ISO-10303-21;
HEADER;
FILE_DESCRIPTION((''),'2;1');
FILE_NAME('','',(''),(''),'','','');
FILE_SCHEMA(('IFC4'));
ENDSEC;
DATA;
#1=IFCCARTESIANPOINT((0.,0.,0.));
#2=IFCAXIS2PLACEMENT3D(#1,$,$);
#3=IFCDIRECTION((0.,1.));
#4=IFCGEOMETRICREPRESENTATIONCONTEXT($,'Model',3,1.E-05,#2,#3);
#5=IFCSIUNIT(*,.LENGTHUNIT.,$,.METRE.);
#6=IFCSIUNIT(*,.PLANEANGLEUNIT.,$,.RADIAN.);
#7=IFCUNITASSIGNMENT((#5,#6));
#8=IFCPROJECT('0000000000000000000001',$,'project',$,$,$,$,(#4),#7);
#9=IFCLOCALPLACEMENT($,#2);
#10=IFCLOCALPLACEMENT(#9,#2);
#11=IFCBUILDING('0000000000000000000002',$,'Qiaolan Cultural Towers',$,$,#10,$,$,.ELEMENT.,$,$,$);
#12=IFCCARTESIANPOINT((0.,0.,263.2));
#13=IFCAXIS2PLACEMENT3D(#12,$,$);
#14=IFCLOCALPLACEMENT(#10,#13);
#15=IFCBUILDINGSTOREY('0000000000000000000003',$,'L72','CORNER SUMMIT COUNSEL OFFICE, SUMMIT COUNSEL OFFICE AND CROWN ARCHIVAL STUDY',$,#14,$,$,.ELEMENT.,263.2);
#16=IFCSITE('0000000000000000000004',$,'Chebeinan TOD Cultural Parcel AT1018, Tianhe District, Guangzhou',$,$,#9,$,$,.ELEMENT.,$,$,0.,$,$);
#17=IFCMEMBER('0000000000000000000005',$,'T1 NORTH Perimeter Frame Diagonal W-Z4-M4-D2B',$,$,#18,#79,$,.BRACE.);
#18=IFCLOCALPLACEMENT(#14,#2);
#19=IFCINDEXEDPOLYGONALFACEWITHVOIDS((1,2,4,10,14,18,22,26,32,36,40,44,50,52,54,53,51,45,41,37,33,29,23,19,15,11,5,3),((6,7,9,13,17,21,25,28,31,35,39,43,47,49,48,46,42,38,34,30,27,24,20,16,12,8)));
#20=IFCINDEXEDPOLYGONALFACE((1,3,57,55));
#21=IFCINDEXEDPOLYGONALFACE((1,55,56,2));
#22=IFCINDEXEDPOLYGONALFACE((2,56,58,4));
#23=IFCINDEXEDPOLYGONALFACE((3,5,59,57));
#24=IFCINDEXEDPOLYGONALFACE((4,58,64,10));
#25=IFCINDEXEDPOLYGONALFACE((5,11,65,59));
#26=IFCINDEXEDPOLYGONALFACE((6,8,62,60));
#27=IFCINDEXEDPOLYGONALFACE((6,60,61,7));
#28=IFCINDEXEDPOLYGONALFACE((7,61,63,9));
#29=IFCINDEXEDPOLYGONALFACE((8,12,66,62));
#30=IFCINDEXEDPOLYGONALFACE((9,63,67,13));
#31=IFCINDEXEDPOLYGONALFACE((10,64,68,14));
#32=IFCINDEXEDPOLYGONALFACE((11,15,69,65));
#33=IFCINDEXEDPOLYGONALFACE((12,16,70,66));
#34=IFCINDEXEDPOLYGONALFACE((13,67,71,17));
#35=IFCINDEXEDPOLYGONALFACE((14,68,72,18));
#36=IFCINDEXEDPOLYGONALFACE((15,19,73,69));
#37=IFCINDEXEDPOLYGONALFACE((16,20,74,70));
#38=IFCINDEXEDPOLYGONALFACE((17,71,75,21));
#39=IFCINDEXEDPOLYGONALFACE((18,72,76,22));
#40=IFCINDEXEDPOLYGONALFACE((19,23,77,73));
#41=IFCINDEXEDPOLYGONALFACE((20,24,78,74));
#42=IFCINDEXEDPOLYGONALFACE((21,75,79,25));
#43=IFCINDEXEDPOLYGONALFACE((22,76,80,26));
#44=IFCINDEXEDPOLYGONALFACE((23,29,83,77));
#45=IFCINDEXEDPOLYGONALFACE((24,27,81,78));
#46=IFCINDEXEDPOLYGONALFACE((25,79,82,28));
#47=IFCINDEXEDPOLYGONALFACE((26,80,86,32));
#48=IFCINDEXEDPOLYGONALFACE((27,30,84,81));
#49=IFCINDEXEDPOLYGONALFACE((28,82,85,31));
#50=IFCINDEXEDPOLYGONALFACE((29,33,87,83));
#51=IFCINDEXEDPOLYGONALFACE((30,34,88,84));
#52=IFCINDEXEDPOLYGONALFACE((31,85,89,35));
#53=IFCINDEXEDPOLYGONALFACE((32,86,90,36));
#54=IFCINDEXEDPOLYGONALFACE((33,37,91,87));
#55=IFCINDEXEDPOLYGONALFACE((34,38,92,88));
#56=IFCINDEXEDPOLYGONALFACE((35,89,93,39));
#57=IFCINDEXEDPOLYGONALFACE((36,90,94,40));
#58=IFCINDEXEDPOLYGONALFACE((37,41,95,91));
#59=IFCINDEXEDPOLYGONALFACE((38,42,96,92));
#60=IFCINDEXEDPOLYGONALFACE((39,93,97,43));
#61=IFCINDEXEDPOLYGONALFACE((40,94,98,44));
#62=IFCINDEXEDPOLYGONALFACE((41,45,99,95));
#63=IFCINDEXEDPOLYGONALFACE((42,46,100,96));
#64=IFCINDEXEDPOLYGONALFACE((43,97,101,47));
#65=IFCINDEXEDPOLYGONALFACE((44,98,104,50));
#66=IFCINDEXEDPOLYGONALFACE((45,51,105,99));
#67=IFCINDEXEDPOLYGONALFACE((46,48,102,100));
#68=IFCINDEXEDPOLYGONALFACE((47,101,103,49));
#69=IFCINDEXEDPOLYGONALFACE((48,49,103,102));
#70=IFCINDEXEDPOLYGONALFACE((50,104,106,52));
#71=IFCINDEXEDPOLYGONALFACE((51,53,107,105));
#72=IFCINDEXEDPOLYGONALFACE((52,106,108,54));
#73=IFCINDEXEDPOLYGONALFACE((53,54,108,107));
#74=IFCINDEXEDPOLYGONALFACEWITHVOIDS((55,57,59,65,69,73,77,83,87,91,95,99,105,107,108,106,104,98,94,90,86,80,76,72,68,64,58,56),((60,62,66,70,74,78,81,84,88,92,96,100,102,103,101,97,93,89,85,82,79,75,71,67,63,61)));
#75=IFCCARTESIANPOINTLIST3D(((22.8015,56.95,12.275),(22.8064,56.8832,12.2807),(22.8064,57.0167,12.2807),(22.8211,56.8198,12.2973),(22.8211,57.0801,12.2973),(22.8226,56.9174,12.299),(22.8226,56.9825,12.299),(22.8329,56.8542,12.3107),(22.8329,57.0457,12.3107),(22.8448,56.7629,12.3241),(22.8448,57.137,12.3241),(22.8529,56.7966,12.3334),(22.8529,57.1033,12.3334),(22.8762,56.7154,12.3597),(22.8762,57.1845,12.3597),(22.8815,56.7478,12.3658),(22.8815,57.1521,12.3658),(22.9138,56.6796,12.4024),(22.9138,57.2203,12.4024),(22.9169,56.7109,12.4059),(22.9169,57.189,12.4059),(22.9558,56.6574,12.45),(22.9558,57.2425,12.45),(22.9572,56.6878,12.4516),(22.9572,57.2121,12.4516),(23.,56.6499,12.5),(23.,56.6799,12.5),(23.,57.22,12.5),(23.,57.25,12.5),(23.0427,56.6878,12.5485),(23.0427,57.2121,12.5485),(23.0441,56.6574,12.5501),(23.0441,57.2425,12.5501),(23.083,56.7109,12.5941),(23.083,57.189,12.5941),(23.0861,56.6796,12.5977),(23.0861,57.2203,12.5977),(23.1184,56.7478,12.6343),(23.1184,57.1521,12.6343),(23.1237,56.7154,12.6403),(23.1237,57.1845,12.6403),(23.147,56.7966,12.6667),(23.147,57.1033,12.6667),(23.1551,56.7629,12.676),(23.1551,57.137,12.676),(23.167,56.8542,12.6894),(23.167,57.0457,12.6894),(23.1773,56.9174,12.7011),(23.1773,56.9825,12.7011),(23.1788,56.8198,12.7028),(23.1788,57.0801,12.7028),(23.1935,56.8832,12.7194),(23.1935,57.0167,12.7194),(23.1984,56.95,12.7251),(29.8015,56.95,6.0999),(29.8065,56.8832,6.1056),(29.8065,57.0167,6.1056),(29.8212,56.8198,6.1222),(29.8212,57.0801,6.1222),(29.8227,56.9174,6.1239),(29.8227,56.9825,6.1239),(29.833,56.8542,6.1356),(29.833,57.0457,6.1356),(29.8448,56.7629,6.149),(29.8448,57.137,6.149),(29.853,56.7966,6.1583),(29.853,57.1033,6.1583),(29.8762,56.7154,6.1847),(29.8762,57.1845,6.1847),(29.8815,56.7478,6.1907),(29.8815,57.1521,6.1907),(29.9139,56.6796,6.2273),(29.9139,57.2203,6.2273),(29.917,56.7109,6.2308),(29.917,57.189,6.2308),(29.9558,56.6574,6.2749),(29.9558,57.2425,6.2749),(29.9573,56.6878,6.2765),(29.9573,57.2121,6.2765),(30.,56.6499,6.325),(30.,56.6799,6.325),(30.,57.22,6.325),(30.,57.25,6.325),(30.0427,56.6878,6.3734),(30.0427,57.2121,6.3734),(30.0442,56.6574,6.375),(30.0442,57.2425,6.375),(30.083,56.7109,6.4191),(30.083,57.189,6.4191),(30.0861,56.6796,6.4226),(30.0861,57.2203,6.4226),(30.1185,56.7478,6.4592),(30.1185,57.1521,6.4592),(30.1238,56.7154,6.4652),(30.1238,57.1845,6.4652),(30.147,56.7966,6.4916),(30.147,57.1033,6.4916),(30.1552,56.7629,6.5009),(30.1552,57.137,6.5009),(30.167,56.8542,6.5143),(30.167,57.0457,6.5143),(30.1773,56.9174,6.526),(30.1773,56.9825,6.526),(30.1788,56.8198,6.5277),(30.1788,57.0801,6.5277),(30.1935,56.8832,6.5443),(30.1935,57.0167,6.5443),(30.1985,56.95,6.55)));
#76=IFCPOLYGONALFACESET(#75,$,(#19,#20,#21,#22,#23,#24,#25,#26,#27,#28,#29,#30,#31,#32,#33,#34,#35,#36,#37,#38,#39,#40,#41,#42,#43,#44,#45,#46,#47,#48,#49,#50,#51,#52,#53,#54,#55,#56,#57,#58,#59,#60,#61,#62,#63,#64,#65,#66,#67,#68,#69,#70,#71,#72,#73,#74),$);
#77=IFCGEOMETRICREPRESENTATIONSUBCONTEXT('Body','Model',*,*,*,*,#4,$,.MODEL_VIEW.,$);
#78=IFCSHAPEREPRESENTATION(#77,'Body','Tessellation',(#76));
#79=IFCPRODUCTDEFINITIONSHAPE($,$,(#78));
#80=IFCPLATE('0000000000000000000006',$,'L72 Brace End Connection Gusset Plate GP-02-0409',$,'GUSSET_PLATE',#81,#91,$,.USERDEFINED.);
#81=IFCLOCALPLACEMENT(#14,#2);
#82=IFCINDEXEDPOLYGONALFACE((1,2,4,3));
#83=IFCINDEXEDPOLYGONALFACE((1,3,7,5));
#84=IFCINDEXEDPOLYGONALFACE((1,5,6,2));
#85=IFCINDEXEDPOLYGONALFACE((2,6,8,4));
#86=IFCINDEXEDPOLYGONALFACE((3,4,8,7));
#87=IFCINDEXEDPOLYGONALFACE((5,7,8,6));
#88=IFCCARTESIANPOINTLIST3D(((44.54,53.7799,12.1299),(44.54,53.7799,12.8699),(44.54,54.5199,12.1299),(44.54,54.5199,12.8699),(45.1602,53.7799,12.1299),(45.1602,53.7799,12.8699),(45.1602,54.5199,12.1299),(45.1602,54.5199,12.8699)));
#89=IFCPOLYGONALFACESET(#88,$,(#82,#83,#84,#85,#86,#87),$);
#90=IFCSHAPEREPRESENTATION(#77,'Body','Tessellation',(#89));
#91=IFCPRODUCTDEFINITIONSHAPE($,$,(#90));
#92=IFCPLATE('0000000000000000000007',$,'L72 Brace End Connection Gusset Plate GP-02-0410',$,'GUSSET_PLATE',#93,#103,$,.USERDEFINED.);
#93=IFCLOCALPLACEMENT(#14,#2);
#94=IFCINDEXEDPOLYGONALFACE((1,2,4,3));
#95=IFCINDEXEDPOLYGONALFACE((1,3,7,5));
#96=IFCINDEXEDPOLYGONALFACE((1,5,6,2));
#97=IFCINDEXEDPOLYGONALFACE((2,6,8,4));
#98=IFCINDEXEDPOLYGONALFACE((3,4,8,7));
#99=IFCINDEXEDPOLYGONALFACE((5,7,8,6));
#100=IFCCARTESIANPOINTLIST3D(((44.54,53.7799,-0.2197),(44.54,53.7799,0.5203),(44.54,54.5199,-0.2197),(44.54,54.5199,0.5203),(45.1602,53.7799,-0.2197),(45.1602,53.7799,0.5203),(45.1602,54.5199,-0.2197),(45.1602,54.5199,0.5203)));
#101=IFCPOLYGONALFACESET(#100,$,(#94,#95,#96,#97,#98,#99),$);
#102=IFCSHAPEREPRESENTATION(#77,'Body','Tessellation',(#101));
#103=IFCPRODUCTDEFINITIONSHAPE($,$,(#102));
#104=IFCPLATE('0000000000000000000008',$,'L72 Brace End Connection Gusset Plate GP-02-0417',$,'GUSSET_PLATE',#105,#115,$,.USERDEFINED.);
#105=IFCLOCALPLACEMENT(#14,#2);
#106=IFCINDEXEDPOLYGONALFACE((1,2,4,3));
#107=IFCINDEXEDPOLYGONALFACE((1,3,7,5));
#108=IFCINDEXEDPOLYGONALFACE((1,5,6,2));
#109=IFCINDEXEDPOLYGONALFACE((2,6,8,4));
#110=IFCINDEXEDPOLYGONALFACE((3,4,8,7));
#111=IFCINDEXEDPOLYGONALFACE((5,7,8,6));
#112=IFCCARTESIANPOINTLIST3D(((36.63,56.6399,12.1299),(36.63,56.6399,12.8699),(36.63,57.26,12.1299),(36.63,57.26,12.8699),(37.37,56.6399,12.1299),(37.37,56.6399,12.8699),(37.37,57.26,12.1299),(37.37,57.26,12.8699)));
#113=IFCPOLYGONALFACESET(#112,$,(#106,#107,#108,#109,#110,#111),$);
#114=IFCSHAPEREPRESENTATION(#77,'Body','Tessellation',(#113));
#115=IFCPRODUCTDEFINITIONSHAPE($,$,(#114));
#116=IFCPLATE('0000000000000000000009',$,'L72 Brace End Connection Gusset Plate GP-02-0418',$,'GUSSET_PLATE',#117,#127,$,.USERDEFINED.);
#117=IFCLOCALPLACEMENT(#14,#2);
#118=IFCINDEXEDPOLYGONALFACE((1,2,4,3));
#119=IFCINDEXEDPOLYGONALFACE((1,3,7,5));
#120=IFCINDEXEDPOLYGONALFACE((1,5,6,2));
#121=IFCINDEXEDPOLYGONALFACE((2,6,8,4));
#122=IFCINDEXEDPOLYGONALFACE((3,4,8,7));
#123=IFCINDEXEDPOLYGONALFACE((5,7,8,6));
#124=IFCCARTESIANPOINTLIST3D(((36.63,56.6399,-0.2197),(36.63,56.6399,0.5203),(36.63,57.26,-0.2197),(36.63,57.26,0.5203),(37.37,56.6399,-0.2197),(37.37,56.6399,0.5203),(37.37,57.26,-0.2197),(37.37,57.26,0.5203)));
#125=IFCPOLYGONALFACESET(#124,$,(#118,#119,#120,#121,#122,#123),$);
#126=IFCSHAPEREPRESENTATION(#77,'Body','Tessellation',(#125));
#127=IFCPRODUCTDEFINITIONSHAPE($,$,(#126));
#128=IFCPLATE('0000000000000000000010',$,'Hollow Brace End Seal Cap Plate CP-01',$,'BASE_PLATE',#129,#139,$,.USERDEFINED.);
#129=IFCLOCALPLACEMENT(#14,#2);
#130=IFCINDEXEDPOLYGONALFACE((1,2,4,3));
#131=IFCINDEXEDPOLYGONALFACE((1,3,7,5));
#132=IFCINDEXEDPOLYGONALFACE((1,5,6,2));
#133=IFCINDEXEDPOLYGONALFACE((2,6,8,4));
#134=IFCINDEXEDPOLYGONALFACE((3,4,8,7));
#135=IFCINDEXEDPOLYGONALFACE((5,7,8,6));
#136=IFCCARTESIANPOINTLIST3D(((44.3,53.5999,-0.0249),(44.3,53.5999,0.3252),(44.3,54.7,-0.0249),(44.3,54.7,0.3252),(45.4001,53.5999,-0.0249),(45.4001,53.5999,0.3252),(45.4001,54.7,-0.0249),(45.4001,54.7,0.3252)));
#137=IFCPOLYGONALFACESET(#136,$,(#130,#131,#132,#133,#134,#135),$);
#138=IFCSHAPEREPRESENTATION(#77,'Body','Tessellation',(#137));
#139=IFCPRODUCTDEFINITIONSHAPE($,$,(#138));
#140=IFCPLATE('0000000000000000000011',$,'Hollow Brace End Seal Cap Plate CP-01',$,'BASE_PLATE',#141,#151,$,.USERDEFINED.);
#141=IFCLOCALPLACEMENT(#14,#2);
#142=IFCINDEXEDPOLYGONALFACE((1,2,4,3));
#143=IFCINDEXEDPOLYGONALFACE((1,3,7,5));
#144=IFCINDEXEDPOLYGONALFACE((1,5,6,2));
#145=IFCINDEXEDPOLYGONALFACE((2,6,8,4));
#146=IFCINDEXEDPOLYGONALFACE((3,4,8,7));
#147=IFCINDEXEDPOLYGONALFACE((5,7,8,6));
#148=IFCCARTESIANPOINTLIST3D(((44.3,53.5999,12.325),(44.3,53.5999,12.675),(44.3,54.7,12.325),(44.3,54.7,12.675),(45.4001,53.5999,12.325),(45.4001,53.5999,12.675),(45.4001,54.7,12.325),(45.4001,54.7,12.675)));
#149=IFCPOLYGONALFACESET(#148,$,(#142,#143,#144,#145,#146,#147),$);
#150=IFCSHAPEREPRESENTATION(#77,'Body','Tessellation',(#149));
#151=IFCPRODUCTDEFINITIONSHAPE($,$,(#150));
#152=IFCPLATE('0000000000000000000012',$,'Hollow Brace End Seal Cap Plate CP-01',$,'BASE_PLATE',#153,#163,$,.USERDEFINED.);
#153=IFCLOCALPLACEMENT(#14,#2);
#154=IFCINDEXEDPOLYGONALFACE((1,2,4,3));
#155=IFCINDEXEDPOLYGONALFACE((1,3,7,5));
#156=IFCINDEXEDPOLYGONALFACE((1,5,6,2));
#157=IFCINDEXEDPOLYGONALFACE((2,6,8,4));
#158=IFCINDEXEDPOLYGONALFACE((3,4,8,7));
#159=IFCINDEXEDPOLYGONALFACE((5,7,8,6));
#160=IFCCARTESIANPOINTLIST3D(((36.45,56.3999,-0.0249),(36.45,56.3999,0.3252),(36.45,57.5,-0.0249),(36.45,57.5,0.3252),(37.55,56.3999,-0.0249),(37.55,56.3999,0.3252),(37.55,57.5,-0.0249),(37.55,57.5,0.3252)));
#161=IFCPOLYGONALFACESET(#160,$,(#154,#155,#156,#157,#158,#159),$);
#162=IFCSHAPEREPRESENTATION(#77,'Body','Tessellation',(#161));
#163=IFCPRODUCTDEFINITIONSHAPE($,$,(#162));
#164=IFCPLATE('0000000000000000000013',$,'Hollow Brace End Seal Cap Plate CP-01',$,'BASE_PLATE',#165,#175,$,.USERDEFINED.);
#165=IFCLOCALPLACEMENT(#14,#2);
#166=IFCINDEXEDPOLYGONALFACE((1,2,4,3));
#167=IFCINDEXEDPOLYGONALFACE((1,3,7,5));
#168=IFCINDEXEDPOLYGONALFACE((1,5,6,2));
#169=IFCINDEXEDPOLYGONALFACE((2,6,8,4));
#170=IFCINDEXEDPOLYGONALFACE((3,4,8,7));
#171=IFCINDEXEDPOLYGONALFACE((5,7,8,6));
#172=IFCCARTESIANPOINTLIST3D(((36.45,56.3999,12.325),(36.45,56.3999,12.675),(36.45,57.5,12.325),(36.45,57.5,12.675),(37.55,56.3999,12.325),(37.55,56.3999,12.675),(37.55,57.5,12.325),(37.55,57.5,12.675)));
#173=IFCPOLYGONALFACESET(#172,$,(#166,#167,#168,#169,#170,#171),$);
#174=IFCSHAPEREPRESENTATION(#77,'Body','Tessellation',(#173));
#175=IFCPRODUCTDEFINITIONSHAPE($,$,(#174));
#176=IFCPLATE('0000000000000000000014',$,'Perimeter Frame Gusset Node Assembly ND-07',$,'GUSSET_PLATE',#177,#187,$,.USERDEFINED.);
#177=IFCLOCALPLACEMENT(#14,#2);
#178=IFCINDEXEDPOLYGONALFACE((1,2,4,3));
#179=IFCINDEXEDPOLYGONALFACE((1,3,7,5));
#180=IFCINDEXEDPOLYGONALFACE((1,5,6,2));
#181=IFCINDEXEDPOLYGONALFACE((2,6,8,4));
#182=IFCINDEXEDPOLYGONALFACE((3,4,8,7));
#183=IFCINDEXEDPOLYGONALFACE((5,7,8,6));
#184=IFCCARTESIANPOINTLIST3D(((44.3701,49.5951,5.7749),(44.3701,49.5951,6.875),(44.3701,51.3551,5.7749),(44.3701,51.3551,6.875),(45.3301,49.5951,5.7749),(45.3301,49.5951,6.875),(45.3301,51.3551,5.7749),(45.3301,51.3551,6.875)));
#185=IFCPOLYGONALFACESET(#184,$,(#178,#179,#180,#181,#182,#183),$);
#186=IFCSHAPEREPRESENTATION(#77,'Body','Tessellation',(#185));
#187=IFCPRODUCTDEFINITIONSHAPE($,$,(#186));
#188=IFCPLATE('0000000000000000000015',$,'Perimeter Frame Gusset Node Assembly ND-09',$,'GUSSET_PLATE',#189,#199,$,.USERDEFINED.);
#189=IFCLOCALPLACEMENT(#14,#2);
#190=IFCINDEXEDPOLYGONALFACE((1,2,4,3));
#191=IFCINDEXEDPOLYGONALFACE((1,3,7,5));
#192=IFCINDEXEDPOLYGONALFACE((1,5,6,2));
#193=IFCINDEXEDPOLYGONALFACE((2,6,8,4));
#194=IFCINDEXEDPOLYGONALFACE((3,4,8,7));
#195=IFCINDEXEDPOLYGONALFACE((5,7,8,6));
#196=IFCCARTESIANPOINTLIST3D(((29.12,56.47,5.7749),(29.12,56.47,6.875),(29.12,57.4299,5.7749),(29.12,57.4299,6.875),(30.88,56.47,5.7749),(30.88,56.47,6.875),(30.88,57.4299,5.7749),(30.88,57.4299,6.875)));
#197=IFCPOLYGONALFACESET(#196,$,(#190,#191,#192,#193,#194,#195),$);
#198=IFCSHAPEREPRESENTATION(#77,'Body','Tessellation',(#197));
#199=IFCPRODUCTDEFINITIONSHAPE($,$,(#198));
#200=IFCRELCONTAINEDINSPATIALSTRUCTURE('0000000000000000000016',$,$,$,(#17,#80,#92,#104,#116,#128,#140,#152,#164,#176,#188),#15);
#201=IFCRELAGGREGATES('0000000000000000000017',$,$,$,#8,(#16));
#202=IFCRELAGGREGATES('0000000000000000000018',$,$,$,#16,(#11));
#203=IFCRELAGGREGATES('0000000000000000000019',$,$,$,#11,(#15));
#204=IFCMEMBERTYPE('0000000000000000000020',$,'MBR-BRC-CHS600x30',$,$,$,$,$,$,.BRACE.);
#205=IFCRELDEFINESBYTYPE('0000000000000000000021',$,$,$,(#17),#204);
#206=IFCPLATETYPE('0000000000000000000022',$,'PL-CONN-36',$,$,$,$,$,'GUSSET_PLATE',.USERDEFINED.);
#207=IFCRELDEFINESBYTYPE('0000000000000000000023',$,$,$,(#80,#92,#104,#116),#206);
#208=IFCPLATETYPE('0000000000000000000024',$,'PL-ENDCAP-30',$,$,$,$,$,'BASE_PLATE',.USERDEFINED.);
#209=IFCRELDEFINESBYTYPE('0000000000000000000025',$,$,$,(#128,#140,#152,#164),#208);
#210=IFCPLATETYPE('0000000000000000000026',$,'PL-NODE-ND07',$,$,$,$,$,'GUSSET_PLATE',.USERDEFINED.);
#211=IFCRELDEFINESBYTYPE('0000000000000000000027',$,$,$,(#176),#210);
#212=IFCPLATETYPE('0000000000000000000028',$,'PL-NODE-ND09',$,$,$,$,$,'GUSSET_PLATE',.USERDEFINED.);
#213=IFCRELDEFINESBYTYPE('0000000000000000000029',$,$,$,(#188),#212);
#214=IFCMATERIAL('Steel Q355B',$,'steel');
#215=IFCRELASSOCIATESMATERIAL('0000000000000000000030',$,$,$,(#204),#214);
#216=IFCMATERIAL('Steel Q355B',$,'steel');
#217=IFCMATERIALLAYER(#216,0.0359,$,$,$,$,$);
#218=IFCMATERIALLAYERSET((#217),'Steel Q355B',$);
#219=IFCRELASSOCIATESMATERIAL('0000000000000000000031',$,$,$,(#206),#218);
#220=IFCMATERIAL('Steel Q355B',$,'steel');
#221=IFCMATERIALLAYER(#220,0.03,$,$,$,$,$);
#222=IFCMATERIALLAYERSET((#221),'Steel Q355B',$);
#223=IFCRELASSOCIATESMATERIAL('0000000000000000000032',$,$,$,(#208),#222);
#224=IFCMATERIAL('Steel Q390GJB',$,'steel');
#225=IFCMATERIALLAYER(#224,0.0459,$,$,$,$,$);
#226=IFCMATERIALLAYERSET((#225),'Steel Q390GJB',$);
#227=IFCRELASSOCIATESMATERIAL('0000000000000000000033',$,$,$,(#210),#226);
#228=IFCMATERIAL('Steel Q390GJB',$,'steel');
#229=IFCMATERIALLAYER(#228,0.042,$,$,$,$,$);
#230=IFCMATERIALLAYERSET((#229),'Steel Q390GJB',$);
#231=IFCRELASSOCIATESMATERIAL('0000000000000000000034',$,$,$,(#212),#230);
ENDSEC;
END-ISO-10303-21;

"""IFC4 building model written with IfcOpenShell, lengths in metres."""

from ifc_helpers import new_model, si_unit, direction, frame, origin, origin_2d, place, context, subcontext, project, spatial, rectangle, hollow_circle, extrude, material, layer, layer_set, material_profile, profile_set, type_object, element, save


model = new_model("IFC4")

# Units and contexts
model_context = context("Model", 3, precision=1e-05, world=origin(), true_north=direction((0.0, 1.0)))
body_context = subcontext(model_context, "Body", "Model", "MODEL_VIEW")
ifc_project = project(units=[si_unit("LENGTHUNIT", "METRE"), si_unit("PLANEANGLEUNIT", "RADIAN")], contexts=[model_context])

# Site, building, storey
site_placement = place(None, origin())
site = spatial("IfcSite", under=ifc_project, at=site_placement, Name="Chebeinan TOD Cultural Parcel AT1018, Tianhe District, Guangzhou", CompositionType="ELEMENT", RefElevation=0.0)
building_placement = place(site_placement, origin())
building = spatial("IfcBuilding", under=site, at=building_placement, Name="Qiaolan Cultural Towers", CompositionType="ELEMENT")
storey_placement = place(building_placement, frame((0.0, 0.0, 263.2)))
storey = spatial("IfcBuildingStorey", under=building, at=storey_placement, Name="L72", Description="CORNER SUMMIT COUNSEL OFFICE, SUMMIT COUNSEL OFFICE AND CROWN ARCHIVAL STUDY", CompositionType="ELEMENT", Elevation=263.2)

# Member
ifc_material_1 = material(Name="Steel Q355B", Category="steel")
ifc_material_profile_1 = material_profile(ifc_material_1, hollow_circle(Radius=0.3, WallThickness=0.03, at=origin_2d()), Name="CHS600x30")
ifc_profile_set_1 = profile_set([ifc_material_profile_1], Name="Steel Q355B")
member_type = type_object("IfcMemberType", Name="MBR-BRC-CHS600x30", PredefinedType="BRACE", material=ifc_profile_set_1)
member_1_placement = place(storey_placement, frame((30.0, 56.95, 6.325), z_axis=(-0.749913, 0.0, 0.661536), x_axis=(0.0, -1.0, 0.0)))
element("IfcMember", 1, at=member_1_placement, inside=storey, type_object=member_type, Name="T1 NORTH Perimeter Frame Diagonal W-Z4-M4-D2B", PredefinedType="BRACE", context=body_context, shape_type="SweptSolid", body=[
    extrude(hollow_circle(Radius=0.3, WallThickness=0.03, at=origin_2d()), origin(), (0.0, 0.0, 1.0), 9.3345),
])

# Plates
ifc_material_2 = material(Name="Steel Q355B", Category="steel")
ifc_layer_1 = layer(ifc_material_2, 0.0359)
ifc_layer_set_1 = layer_set([ifc_layer_1], Name="Steel Q355B")
plate_type_1 = type_object("IfcPlateType", Name="PL-CONN-36", ElementType="GUSSET_PLATE", PredefinedType="USERDEFINED", material=ifc_layer_set_1)
for number, where, z_axis, x_axis, name in (
    (2, (44.8501, 54.1499, 12.1299), (0.0, 0.0, 1.0), (0.0, 1.0, 0.0), "L72 Brace End Connection Gusset Plate GP-02-0409"),
    (3, (44.8501, 54.1499, -0.2197), (0.0, 0.0, 1.0), (0.0, 1.0, 0.0), "L72 Brace End Connection Gusset Plate GP-02-0410"),
    (4, (37.0, 56.95, 12.1299), (0.0, 0.0, 1.0), (1.0, 0.0, 0.0), "L72 Brace End Connection Gusset Plate GP-02-0417"),
    (5, (37.0, 56.95, -0.2197), (0.0, 0.0, 1.0), (1.0, 0.0, 0.0), "L72 Brace End Connection Gusset Plate GP-02-0418"),
):
    element("IfcPlate", number, at=place(storey_placement, frame(where, z_axis=z_axis, x_axis=x_axis)), inside=storey, type_object=plate_type_1, Name=name, ObjectType="GUSSET_PLATE", PredefinedType="USERDEFINED", context=body_context, shape_type="SweptSolid", body=[
        extrude(rectangle(XDim=0.74, YDim=0.6201, at=origin_2d()), origin(), (0.0, 0.0, 1.0), 0.74),
    ])
ifc_material_3 = material(Name="Steel Q355B", Category="steel")
ifc_layer_2 = layer(ifc_material_3, 0.03)
ifc_layer_set_2 = layer_set([ifc_layer_2], Name="Steel Q355B")
plate_type_2 = type_object("IfcPlateType", Name="PL-ENDCAP-30", ElementType="BASE_PLATE", PredefinedType="USERDEFINED", material=ifc_layer_set_2)
for number, where, z_axis, x_axis, name in (
    (6, (44.8501, 54.1499, -0.0249), (0.0, 0.0, 1.0), (0.0, 1.0, 0.0), "Hollow Brace End Seal Cap Plate CP-01"),
    (7, (44.8501, 54.1499, 12.325), (0.0, 0.0, 1.0), (0.0, 1.0, 0.0), "Hollow Brace End Seal Cap Plate CP-01"),
    (8, (37.0, 56.95, -0.0249), (0.0, 0.0, 1.0), (1.0, 0.0, 0.0), "Hollow Brace End Seal Cap Plate CP-01"),
    (9, (37.0, 56.95, 12.325), (0.0, 0.0, 1.0), (1.0, 0.0, 0.0), "Hollow Brace End Seal Cap Plate CP-01"),
):
    element("IfcPlate", number, at=place(storey_placement, frame(where, z_axis=z_axis, x_axis=x_axis)), inside=storey, type_object=plate_type_2, Name=name, ObjectType="BASE_PLATE", PredefinedType="USERDEFINED", context=body_context, shape_type="SweptSolid", body=[
        extrude(rectangle(XDim=1.1001, YDim=1.1001, at=origin_2d()), origin(), (0.0, 0.0, 1.0), 0.3501),
    ])
ifc_material_4 = material(Name="Steel Q390GJB", Category="steel")
ifc_layer_3 = layer(ifc_material_4, 0.0459)
ifc_layer_set_3 = layer_set([ifc_layer_3], Name="Steel Q390GJB")
plate_type_3 = type_object("IfcPlateType", Name="PL-NODE-ND07", ElementType="GUSSET_PLATE", PredefinedType="USERDEFINED", material=ifc_layer_set_3)
plate_1_placement = place(storey_placement, frame((44.8501, 50.4751, 5.7749), z_axis=(0.0, 0.0, 1.0), x_axis=(0.0, 1.0, 0.0)))
element("IfcPlate", 10, at=plate_1_placement, inside=storey, type_object=plate_type_3, Name="Perimeter Frame Gusset Node Assembly ND-07", ObjectType="GUSSET_PLATE", PredefinedType="USERDEFINED", context=body_context, shape_type="SweptSolid", body=[
    extrude(rectangle(XDim=1.76, YDim=0.96, at=origin_2d()), origin(), (0.0, 0.0, 1.0), 1.1001),
])
ifc_material_5 = material(Name="Steel Q390GJB", Category="steel")
ifc_layer_4 = layer(ifc_material_5, 0.042)
ifc_layer_set_4 = layer_set([ifc_layer_4], Name="Steel Q390GJB")
plate_type_4 = type_object("IfcPlateType", Name="PL-NODE-ND09", ElementType="GUSSET_PLATE", PredefinedType="USERDEFINED", material=ifc_layer_set_4)
plate_2_placement = place(storey_placement, frame((30.0, 56.95, 5.7749), z_axis=(0.0, 0.0, 1.0), x_axis=(1.0, 0.0, 0.0)))
element("IfcPlate", 11, at=plate_2_placement, inside=storey, type_object=plate_type_4, Name="Perimeter Frame Gusset Node Assembly ND-09", ObjectType="GUSSET_PLATE", PredefinedType="USERDEFINED", context=body_context, shape_type="SweptSolid", body=[
    extrude(rectangle(XDim=1.76, YDim=0.96, at=origin_2d()), origin(), (0.0, 0.0, 1.0), 1.1001),
])

save(model, "model.ifc")
